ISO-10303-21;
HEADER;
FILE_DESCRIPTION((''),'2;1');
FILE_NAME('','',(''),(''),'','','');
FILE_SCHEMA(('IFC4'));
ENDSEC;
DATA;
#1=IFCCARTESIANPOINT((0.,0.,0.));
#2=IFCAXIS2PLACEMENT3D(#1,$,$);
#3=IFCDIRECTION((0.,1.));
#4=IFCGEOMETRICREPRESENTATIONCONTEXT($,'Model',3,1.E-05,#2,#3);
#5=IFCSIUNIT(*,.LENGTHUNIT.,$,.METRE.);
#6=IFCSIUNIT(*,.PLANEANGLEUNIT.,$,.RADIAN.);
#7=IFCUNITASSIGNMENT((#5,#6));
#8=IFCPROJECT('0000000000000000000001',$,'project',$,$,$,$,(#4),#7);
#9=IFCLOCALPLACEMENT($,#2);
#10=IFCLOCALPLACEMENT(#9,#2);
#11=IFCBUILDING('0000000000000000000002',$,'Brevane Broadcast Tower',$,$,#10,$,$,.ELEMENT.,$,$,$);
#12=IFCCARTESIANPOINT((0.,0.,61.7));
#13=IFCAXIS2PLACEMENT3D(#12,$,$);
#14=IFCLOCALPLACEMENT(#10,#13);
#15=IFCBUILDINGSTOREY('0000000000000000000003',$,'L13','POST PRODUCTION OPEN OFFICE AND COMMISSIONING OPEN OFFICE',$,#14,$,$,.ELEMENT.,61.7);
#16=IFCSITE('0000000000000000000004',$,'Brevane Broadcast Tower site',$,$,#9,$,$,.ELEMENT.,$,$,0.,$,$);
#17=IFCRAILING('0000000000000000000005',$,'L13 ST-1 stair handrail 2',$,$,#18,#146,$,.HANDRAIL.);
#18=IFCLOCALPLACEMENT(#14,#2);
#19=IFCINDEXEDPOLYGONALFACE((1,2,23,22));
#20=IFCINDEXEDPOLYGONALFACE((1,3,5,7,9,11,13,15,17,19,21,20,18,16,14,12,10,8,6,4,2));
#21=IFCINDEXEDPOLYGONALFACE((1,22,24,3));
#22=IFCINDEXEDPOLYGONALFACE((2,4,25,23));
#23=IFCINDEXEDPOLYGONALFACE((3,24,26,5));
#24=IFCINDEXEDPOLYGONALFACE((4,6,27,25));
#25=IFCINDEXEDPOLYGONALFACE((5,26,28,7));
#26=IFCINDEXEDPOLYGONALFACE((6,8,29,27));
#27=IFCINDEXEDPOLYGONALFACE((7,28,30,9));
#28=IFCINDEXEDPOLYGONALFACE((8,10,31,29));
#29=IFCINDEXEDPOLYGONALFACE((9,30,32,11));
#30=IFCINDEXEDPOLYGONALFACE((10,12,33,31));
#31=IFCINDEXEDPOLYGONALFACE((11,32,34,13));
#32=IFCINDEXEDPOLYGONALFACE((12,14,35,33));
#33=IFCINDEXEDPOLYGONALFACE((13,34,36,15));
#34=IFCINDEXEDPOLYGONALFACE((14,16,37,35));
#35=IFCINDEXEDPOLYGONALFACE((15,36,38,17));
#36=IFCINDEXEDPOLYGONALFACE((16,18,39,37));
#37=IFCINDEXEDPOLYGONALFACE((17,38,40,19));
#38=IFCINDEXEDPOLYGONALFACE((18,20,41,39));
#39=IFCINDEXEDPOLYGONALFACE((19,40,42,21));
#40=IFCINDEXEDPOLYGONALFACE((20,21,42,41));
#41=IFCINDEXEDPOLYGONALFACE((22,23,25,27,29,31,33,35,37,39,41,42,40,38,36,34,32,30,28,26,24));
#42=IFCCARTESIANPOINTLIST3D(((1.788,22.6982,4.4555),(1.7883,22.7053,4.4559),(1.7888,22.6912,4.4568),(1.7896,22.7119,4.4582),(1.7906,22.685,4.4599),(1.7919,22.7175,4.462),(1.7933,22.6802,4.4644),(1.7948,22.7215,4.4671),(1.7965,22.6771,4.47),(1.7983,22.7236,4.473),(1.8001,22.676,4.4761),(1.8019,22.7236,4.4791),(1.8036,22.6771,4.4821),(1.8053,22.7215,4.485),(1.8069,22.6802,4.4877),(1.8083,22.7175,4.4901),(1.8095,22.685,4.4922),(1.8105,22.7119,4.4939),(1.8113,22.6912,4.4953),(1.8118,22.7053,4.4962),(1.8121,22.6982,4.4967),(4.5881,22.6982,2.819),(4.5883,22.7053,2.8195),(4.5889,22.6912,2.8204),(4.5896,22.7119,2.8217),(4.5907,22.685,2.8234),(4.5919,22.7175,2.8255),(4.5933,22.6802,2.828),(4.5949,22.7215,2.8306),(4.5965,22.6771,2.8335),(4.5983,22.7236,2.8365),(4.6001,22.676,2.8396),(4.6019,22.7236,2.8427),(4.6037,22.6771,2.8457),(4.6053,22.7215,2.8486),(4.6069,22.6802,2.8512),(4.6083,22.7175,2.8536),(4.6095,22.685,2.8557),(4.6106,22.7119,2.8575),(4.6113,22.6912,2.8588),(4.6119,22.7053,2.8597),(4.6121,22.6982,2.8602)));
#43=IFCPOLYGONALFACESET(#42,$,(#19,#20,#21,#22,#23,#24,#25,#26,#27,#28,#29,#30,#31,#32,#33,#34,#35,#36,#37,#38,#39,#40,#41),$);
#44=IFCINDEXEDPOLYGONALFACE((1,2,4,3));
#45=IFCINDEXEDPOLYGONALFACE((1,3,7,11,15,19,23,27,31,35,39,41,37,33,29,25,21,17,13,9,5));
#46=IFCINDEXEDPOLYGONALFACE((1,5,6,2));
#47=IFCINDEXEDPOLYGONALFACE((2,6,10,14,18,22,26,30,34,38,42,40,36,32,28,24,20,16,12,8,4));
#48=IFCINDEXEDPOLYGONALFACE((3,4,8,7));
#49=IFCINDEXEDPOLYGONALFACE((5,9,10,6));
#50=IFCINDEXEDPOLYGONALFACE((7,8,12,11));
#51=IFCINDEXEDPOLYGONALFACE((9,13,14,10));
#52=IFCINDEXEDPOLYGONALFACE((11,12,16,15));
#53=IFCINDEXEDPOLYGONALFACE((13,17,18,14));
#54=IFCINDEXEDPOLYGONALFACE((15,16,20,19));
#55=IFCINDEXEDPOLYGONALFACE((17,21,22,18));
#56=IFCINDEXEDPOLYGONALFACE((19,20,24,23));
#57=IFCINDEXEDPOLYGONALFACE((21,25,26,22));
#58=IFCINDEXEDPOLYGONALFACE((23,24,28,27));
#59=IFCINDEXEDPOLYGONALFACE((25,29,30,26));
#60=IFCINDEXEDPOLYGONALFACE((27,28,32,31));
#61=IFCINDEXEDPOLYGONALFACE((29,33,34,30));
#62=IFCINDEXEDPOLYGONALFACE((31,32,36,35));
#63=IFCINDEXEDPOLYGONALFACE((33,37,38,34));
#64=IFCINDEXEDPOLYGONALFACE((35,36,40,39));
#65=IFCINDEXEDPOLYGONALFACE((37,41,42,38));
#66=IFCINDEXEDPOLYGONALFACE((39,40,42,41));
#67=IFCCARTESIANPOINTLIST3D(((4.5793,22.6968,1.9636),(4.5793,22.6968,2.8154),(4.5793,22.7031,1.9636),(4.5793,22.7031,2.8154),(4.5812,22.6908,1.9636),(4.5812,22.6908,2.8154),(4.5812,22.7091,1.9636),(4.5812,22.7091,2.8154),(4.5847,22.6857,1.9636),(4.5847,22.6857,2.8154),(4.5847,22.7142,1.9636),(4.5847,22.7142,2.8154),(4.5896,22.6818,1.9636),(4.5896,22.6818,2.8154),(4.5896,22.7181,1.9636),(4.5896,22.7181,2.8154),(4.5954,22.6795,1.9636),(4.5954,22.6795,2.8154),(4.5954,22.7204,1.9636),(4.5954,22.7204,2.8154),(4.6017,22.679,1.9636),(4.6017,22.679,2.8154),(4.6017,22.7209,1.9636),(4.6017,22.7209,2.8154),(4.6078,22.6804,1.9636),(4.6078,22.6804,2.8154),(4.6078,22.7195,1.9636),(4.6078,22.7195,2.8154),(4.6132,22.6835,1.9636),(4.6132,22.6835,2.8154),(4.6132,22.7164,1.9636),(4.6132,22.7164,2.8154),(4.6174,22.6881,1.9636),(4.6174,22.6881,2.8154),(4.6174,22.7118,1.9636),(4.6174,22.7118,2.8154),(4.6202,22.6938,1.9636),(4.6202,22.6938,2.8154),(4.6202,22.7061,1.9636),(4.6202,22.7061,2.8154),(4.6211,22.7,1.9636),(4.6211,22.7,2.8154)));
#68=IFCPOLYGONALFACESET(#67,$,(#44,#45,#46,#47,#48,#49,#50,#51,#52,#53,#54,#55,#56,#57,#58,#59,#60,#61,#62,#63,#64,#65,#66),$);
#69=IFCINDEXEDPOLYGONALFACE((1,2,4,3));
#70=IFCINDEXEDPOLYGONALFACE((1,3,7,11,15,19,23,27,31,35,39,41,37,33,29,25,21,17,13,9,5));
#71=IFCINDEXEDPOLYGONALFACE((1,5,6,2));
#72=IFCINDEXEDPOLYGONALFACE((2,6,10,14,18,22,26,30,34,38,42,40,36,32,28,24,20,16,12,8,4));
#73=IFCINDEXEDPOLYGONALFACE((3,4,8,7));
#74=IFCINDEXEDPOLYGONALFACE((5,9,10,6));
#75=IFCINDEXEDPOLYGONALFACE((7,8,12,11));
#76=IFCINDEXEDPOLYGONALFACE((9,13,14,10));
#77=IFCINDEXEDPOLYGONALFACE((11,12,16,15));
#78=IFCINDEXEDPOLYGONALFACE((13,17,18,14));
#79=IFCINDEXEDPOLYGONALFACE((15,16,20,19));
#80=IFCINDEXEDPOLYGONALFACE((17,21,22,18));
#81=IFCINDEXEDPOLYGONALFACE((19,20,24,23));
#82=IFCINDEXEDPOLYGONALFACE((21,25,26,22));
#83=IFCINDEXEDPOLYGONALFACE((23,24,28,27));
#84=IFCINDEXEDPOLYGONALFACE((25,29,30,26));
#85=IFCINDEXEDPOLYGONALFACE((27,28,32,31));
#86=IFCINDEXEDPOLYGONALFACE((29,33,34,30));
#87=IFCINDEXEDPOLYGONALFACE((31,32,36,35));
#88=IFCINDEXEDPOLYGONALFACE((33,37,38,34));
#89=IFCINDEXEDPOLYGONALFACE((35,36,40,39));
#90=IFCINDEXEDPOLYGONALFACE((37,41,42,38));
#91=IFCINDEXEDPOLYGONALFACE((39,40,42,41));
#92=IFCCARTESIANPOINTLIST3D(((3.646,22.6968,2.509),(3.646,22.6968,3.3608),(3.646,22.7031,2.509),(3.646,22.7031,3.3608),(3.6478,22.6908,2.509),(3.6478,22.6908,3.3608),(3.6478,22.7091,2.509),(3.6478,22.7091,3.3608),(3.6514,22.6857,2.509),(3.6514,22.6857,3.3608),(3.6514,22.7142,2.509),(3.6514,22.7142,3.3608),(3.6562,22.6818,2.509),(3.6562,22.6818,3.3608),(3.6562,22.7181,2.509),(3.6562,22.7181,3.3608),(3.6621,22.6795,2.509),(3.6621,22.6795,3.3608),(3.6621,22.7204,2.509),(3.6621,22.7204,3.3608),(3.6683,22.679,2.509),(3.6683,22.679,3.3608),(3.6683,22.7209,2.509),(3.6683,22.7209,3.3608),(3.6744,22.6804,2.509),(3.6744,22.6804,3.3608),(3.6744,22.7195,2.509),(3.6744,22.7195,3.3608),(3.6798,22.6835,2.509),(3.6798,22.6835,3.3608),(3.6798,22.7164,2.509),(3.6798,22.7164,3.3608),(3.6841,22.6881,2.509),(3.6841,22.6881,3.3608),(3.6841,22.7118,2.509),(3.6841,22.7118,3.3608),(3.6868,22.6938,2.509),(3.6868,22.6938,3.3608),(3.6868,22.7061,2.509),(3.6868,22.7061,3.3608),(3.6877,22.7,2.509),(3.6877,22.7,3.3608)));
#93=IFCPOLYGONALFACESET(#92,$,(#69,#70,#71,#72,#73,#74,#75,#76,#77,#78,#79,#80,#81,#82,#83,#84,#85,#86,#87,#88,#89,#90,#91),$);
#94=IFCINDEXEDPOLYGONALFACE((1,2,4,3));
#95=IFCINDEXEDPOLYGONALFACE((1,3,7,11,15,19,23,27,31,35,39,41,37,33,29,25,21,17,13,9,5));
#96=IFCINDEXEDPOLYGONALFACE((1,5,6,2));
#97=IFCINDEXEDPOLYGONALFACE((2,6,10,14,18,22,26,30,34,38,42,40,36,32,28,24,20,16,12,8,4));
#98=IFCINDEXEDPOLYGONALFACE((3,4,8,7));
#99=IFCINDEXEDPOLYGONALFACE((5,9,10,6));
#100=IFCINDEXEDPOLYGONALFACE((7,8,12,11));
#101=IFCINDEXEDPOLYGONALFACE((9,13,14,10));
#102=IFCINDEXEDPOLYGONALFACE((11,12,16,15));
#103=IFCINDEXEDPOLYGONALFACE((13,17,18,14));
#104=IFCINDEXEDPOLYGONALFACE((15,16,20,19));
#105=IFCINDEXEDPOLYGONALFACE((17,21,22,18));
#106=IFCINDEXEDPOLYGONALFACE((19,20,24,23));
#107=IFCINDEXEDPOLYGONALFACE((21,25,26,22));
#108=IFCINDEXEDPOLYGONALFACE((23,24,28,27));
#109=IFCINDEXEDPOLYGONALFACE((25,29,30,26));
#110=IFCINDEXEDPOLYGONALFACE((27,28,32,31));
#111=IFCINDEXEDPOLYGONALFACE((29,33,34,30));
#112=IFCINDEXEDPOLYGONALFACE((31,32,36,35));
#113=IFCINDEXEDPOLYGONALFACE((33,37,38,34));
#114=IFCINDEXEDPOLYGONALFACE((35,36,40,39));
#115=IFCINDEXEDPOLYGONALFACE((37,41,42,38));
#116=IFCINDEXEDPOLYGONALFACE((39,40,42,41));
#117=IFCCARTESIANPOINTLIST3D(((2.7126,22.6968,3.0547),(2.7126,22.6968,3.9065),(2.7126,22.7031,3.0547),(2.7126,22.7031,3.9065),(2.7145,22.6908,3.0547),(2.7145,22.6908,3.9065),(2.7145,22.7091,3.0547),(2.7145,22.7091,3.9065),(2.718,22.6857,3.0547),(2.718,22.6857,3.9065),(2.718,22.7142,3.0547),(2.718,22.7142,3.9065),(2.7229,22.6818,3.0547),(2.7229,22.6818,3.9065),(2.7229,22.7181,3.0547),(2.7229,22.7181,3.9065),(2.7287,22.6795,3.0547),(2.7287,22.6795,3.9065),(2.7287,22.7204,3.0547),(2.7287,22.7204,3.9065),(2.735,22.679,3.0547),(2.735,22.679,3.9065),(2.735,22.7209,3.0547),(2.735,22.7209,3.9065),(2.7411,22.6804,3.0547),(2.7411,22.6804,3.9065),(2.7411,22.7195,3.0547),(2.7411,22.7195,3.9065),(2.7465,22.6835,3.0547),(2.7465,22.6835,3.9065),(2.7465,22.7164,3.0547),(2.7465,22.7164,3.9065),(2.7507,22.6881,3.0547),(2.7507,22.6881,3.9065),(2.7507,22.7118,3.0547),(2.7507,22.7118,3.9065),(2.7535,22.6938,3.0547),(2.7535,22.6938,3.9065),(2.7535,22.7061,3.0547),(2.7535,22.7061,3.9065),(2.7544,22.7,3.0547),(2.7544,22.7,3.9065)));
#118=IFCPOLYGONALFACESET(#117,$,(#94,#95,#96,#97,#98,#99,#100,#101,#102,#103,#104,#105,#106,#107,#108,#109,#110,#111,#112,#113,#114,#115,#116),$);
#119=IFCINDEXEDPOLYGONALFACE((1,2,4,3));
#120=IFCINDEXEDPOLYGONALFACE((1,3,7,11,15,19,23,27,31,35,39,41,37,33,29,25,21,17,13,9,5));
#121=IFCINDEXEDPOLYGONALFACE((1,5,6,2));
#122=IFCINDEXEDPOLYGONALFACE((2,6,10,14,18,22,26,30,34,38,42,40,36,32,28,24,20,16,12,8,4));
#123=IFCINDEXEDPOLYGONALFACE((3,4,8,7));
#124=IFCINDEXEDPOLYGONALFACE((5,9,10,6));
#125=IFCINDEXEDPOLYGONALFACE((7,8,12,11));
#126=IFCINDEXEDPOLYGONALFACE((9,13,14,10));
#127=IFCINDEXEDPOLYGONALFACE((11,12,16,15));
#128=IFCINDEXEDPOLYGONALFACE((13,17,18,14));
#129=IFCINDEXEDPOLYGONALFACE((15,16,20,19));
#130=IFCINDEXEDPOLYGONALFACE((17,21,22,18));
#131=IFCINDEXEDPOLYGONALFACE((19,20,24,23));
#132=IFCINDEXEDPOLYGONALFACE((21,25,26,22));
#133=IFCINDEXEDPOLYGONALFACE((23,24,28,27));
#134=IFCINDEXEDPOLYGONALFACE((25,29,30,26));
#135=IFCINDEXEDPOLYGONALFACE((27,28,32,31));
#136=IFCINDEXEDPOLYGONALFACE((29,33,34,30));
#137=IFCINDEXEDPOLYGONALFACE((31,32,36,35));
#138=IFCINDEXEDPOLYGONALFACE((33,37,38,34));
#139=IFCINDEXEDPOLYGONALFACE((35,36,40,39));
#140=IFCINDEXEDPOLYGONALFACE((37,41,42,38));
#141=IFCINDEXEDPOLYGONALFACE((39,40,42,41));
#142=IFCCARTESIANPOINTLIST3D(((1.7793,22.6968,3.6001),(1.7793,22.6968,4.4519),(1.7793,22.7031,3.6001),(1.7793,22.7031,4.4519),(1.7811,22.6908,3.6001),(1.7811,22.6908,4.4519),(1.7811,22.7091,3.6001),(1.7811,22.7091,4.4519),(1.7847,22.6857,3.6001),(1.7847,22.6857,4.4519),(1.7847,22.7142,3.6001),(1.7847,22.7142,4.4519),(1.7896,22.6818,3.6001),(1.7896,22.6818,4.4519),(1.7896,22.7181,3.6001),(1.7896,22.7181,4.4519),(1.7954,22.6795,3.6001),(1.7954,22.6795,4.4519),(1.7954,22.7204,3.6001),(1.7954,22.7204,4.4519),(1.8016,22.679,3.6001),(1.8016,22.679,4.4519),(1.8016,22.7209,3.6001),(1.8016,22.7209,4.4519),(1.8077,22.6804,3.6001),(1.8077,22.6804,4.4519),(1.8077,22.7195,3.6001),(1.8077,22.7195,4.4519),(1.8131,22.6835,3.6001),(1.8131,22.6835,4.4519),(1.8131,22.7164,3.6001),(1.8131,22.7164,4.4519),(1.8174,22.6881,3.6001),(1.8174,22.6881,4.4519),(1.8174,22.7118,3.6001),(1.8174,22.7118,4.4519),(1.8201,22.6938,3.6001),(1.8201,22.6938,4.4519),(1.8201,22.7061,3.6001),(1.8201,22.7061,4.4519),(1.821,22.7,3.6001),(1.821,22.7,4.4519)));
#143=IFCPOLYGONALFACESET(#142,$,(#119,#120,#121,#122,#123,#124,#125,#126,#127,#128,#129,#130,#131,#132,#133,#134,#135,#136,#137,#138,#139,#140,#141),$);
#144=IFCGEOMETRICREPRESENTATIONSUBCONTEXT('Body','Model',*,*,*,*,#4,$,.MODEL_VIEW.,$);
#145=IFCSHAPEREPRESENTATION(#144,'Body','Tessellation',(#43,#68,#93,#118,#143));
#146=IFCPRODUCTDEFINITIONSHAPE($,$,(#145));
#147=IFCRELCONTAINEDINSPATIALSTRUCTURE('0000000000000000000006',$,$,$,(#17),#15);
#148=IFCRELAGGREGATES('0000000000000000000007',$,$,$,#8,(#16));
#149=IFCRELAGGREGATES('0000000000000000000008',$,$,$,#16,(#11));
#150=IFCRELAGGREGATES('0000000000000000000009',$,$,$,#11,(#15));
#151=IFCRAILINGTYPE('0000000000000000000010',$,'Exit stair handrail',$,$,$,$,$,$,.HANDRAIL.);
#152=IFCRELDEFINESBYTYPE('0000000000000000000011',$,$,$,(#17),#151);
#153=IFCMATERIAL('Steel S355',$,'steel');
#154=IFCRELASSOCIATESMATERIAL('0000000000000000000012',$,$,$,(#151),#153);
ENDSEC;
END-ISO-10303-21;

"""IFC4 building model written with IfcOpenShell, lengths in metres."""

from ifc_helpers import new_model, si_unit, direction, frame, origin, origin_2d, place, context, subcontext, project, spatial, circle, extrude, material, type_object, element, save


model = new_model("IFC4")

# Units and contexts
model_context = context("Model", 3, precision=1e-05, world=origin(), true_north=direction((0.0, 1.0)))
body_context = subcontext(model_context, "Body", "Model", "MODEL_VIEW")
ifc_project = project(units=[si_unit("LENGTHUNIT", "METRE"), si_unit("PLANEANGLEUNIT", "RADIAN")], contexts=[model_context])

# Site, building, storey
site_placement = place(None, origin())
site = spatial("IfcSite", under=ifc_project, at=site_placement, Name="Brevane Broadcast Tower site", CompositionType="ELEMENT", RefElevation=0.0)
building_placement = place(site_placement, origin())
building = spatial("IfcBuilding", under=site, at=building_placement, Name="Brevane Broadcast Tower", CompositionType="ELEMENT")
storey_placement = place(building_placement, frame((0.0, 0.0, 61.7)))
storey = spatial("IfcBuildingStorey", under=building, at=storey_placement, Name="L13", Description="POST PRODUCTION OPEN OFFICE AND COMMISSIONING OPEN OFFICE", CompositionType="ELEMENT", Elevation=61.7)

# Railing
ifc_material_1 = material(Name="Steel S355", Category="steel")
railing_type_1 = type_object("IfcRailingType", Name="Exit stair handrail", PredefinedType="HANDRAIL", material=ifc_material_1)
railing_1_placement = place(storey_placement, frame((4.6001, 22.7, 1.9636)))
element("IfcRailing", 1, at=railing_1_placement, inside=storey, type_object=railing_type_1, Name="L13 ST-1 stair handrail 2", PredefinedType="HANDRAIL", context=body_context, shape_type="SweptSolid", body=[
    extrude(circle(Radius=0.0239, at=origin_2d()), frame((0.0, 0.0, 0.876), z_axis=(-0.863361, 0.0, 0.504587), x_axis=(0.0, -1.0, 0.0)), (0.0, 0.0, 1.0), 3.2432),
    extrude(circle(Radius=0.021, at=origin_2d()), origin(), (0.0, 0.0, 1.0), 0.8518),
    extrude(circle(Radius=0.021, at=origin_2d()), frame((-0.9333, 0.0, 0.5454)), (0.0, 0.0, 1.0), 0.8518),
    extrude(circle(Radius=0.021, at=origin_2d()), frame((-1.8667, 0.0, 1.0911)), (0.0, 0.0, 1.0), 0.8518),
    extrude(circle(Radius=0.021, at=origin_2d()), frame((-2.8, 0.0, 1.6365)), (0.0, 0.0, 1.0), 0.8518),
])

save(model, "model.ifc")
